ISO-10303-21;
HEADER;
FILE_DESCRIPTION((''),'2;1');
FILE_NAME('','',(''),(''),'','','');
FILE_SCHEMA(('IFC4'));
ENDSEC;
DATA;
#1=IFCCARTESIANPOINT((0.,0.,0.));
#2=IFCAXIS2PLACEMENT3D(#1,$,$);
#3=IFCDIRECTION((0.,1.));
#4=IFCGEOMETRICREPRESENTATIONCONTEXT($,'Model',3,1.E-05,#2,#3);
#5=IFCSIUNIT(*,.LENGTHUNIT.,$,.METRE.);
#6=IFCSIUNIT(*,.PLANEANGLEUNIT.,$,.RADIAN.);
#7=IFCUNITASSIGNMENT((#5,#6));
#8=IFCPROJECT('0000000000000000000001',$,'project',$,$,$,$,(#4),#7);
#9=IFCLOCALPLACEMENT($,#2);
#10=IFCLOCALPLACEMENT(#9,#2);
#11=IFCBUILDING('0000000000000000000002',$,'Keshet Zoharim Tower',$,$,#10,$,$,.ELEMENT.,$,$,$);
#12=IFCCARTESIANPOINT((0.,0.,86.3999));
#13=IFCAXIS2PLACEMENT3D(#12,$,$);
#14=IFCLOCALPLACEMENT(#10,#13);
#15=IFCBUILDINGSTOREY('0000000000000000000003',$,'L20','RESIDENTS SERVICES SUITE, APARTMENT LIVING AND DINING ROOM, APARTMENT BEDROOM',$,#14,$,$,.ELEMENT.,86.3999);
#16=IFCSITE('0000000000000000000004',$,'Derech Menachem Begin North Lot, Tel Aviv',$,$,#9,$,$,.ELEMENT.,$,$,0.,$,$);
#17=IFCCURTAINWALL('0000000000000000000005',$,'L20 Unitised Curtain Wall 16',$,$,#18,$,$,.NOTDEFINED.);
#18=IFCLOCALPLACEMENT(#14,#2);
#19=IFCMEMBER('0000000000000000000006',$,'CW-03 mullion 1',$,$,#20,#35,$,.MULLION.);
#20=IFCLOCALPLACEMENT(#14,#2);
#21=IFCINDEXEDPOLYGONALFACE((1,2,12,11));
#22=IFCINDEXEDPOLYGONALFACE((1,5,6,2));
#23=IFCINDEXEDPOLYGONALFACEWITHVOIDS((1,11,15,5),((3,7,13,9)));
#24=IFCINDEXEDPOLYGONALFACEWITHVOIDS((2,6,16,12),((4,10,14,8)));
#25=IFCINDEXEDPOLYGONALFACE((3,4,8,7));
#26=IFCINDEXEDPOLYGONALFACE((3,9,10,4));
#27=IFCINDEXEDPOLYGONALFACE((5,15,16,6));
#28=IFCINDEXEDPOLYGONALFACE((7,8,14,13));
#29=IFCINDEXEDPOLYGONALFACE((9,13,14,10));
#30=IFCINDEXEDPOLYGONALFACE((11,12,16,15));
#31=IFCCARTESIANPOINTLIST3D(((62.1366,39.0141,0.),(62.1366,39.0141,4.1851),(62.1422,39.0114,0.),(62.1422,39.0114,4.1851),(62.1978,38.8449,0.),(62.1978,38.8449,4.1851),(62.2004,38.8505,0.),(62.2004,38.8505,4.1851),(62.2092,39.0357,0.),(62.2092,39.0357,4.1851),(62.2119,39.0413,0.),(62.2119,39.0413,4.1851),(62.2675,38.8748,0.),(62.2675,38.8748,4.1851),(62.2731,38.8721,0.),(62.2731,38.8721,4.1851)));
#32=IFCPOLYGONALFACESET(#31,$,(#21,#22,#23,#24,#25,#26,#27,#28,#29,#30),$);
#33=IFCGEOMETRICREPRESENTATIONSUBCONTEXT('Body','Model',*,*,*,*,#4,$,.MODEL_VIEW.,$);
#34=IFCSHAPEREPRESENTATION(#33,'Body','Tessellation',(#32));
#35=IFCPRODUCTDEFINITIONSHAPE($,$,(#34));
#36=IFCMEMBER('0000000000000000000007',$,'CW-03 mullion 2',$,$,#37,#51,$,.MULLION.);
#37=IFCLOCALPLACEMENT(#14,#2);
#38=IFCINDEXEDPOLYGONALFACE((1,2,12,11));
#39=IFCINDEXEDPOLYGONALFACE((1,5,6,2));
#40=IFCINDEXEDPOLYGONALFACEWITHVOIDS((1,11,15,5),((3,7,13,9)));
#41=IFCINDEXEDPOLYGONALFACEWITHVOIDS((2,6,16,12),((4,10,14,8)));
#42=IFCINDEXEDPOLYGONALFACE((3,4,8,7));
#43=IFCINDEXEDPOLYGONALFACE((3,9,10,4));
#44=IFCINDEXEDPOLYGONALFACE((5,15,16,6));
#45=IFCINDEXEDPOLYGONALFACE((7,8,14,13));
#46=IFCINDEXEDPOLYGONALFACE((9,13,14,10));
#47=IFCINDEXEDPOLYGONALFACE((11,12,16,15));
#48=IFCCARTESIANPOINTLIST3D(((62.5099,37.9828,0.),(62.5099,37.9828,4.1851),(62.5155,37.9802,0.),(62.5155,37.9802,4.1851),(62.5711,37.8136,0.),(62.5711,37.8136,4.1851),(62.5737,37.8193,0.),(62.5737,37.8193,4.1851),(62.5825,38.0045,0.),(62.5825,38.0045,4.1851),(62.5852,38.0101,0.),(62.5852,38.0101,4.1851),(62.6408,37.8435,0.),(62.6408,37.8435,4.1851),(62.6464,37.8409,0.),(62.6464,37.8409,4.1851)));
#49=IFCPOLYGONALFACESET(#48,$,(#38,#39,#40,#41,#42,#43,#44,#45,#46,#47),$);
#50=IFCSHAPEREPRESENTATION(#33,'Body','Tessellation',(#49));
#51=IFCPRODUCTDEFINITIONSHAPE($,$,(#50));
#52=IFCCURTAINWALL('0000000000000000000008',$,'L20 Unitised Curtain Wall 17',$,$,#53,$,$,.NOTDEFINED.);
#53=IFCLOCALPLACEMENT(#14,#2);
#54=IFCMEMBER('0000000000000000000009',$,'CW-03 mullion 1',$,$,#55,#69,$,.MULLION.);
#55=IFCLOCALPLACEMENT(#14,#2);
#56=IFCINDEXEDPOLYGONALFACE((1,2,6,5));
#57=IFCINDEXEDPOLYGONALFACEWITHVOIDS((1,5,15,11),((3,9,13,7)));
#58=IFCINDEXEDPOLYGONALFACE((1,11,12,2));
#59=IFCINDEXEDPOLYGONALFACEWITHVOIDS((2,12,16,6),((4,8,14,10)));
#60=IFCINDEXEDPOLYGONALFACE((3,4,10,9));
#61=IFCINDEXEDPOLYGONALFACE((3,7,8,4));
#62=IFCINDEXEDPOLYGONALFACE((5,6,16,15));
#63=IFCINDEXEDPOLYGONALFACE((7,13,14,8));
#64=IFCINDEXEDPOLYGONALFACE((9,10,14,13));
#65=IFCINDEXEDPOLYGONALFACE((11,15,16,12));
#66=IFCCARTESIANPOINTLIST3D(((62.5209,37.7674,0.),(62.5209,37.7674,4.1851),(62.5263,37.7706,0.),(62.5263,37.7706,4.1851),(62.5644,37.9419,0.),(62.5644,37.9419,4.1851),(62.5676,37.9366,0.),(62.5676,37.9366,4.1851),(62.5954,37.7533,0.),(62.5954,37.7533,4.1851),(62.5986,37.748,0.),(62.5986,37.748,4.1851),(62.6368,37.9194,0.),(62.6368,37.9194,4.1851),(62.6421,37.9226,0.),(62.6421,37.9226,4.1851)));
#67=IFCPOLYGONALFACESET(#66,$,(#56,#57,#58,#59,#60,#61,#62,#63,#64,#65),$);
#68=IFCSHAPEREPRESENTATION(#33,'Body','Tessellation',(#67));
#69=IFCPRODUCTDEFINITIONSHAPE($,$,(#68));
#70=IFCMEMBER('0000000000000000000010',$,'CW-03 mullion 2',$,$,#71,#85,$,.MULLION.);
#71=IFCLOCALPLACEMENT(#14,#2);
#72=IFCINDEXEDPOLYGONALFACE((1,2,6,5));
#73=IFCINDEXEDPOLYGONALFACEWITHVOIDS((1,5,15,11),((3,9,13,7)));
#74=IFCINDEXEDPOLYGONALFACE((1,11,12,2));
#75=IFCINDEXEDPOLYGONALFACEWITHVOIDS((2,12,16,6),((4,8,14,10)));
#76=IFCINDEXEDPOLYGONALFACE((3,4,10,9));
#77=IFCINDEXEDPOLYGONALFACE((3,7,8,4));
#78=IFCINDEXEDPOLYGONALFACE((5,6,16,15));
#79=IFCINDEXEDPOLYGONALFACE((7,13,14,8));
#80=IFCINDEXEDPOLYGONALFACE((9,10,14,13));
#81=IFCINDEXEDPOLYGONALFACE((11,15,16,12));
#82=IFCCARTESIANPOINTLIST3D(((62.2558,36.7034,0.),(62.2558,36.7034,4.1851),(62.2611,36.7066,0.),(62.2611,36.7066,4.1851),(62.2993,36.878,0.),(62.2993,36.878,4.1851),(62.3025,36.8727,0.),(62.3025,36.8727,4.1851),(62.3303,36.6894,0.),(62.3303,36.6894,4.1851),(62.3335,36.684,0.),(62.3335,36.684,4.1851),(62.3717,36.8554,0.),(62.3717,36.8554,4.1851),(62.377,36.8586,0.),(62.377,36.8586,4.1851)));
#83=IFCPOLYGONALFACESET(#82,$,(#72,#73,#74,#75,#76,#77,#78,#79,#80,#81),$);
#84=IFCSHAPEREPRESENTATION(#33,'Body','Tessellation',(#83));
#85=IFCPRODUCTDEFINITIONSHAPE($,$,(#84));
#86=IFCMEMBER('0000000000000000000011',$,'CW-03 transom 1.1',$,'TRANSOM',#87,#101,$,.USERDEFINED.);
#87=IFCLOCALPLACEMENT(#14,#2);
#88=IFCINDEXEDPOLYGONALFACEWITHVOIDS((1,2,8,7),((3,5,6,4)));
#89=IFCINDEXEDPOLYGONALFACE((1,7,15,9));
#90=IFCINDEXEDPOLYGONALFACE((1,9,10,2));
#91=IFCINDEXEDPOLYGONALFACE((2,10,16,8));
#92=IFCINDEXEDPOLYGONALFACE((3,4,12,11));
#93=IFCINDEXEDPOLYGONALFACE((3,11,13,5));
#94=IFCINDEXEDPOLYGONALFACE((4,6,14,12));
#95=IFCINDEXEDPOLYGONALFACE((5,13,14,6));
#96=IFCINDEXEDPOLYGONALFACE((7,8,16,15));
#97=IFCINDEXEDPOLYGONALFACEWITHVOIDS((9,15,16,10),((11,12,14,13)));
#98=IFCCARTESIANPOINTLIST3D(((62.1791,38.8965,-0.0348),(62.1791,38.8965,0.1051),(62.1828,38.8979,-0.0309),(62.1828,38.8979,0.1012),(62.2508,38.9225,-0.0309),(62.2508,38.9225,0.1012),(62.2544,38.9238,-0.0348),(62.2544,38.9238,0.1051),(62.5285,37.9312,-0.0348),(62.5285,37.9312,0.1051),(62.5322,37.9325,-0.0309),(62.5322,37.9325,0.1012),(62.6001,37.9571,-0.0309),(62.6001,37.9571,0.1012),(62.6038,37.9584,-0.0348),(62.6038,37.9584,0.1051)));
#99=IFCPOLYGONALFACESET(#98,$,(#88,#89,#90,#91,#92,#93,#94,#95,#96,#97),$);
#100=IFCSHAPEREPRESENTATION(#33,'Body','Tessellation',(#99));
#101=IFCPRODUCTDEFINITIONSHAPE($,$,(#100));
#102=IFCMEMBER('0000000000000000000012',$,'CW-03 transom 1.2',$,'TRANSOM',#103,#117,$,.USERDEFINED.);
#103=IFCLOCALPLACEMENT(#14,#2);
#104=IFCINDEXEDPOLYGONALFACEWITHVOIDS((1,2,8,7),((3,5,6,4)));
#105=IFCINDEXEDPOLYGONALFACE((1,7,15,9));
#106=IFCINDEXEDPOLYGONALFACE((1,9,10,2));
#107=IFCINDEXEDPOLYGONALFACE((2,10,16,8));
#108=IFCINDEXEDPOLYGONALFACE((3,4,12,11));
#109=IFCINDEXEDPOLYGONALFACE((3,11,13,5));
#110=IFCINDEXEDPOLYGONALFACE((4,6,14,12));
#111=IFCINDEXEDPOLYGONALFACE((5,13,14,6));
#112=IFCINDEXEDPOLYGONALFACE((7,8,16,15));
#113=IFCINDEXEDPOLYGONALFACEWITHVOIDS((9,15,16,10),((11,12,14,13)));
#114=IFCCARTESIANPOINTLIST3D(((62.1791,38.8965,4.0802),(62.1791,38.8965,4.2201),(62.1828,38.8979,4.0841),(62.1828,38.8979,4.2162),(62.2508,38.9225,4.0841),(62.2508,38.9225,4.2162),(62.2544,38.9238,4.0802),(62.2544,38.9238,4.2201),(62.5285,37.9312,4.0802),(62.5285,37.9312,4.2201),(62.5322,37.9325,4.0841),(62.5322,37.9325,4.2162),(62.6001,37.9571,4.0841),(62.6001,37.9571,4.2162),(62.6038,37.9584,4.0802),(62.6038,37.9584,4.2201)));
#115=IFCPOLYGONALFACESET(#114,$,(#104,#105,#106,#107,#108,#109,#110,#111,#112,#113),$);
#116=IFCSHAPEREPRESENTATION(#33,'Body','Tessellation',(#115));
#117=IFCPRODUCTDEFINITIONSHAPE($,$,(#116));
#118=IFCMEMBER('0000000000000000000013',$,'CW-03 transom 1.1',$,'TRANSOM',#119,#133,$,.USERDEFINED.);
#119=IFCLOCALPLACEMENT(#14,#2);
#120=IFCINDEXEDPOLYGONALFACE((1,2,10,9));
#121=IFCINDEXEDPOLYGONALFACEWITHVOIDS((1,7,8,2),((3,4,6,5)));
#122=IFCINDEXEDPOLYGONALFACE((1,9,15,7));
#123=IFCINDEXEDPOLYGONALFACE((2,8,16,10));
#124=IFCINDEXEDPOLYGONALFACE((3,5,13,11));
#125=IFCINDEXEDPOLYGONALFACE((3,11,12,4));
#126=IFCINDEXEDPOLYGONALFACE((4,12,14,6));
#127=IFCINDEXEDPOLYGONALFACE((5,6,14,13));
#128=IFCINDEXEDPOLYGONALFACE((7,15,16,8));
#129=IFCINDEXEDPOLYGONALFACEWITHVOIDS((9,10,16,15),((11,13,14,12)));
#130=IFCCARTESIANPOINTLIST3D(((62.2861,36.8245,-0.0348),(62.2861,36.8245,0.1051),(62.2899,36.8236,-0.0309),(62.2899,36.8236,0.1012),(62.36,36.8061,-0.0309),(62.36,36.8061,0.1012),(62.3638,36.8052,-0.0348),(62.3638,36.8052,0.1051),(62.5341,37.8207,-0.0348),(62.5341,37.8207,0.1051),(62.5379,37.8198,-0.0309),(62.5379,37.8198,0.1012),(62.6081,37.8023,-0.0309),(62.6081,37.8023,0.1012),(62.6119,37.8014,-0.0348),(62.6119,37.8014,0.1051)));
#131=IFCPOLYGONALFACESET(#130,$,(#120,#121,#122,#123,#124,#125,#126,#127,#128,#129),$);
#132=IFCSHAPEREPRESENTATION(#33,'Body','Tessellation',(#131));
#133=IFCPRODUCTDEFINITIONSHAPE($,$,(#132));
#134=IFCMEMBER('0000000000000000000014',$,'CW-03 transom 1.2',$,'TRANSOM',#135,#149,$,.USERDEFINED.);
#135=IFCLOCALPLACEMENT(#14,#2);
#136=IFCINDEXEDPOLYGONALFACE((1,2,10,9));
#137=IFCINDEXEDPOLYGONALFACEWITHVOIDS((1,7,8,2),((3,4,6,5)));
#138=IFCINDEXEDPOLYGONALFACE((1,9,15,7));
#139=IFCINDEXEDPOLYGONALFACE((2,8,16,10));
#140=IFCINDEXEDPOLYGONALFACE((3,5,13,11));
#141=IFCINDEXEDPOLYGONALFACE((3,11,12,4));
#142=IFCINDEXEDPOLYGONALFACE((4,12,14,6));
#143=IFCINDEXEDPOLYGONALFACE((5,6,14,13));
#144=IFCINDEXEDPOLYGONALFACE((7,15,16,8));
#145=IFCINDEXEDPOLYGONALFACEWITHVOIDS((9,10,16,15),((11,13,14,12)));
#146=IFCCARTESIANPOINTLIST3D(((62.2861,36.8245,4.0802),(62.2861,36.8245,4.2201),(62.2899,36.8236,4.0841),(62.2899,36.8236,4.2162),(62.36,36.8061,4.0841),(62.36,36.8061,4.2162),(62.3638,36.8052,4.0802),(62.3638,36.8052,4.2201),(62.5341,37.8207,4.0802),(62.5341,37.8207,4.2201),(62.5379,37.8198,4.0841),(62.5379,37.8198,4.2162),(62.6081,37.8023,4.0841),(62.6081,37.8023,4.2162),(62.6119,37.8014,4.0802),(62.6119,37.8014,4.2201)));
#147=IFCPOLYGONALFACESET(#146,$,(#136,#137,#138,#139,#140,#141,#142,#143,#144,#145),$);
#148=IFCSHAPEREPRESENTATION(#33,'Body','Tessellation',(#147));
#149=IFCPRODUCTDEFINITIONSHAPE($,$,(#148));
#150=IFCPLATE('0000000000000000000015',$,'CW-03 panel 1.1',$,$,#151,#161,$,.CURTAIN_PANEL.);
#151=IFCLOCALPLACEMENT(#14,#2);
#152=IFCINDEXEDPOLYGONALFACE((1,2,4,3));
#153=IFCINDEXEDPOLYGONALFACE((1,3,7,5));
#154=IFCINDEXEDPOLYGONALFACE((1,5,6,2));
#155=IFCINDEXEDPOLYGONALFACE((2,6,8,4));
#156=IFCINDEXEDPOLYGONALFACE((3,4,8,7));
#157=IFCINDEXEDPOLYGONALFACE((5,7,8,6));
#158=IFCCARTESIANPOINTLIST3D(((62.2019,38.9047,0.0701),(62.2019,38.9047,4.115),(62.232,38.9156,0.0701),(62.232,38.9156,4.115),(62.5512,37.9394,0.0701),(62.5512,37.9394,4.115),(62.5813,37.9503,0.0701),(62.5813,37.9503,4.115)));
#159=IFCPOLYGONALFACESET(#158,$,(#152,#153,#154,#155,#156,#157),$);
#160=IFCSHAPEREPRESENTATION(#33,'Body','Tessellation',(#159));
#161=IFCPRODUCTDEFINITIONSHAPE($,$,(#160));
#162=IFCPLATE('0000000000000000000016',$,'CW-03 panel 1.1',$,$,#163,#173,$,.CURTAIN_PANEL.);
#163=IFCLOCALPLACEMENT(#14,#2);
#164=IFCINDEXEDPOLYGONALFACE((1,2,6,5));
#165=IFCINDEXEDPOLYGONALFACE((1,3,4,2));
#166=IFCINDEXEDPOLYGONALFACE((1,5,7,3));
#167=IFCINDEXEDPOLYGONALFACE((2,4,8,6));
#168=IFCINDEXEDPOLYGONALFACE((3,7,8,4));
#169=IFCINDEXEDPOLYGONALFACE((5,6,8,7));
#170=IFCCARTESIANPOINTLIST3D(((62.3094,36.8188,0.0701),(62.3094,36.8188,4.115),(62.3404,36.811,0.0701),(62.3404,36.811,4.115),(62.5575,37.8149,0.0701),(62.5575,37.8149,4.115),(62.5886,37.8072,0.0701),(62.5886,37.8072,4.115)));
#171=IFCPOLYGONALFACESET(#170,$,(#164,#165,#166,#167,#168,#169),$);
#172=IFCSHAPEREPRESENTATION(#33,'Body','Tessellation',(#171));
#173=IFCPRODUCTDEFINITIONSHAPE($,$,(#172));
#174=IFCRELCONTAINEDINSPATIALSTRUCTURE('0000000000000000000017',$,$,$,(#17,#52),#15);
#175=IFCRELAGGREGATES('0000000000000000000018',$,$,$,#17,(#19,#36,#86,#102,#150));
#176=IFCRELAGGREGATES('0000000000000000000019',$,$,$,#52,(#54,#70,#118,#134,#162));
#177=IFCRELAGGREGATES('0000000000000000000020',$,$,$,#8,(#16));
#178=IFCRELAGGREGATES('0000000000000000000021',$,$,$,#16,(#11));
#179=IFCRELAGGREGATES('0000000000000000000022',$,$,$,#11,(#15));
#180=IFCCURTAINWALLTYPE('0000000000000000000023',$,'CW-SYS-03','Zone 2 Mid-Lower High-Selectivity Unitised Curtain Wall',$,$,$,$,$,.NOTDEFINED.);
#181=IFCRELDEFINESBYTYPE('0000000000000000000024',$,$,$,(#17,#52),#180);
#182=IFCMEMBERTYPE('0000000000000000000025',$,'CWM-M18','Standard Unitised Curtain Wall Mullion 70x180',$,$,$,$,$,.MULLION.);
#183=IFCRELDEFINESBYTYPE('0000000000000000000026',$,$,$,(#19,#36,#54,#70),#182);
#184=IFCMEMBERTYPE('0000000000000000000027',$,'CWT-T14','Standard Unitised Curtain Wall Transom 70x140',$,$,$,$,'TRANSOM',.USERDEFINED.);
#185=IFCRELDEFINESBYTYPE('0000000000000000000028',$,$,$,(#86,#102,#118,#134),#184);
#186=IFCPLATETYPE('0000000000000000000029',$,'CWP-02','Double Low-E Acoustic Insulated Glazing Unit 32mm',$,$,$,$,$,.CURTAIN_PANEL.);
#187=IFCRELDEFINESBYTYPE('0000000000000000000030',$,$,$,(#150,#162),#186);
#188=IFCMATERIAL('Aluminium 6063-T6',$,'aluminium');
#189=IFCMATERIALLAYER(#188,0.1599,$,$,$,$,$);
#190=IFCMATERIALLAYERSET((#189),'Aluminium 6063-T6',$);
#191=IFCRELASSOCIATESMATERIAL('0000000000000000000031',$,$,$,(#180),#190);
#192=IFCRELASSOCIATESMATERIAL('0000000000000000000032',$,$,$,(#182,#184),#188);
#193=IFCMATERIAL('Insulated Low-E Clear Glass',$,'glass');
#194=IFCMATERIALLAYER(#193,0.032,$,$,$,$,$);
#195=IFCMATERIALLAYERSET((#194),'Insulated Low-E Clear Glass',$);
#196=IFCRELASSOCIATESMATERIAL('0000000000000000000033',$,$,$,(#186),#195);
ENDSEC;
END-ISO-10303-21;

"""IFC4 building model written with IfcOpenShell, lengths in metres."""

from ifc_helpers import new_model, si_unit, direction, frame, origin, origin_2d, place, context, subcontext, project, spatial, rectangle, hollow_rectangle, extrude, material, layer, layer_set, material_profile, profile_set, type_object, element, aggregate, save


model = new_model("IFC4")

# Units and contexts
model_context = context("Model", 3, precision=1e-05, world=origin(), true_north=direction((0.0, 1.0)))
body_context = subcontext(model_context, "Body", "Model", "MODEL_VIEW")
ifc_project = project(units=[si_unit("LENGTHUNIT", "METRE"), si_unit("PLANEANGLEUNIT", "RADIAN")], contexts=[model_context])

# Site, building, storey
site_placement = place(None, origin())
site = spatial("IfcSite", under=ifc_project, at=site_placement, Name="Derech Menachem Begin North Lot, Tel Aviv", CompositionType="ELEMENT", RefElevation=0.0)
building_placement = place(site_placement, origin())
building = spatial("IfcBuilding", under=site, at=building_placement, Name="Keshet Zoharim Tower", CompositionType="ELEMENT")
storey_placement = place(building_placement, frame((0.0, 0.0, 86.3999)))
storey = spatial("IfcBuildingStorey", under=building, at=storey_placement, Name="L20", Description="RESIDENTS SERVICES SUITE, APARTMENT LIVING AND DINING ROOM, APARTMENT BEDROOM", CompositionType="ELEMENT", Elevation=86.3999)

# Curtain walls, members
ifc_material_1 = material(Name="Aluminium 6063-T6", Category="aluminium")
ifc_layer_1 = layer(ifc_material_1, 0.1599)
ifc_layer_set_1 = layer_set([ifc_layer_1], Name="Aluminium 6063-T6")
curtain_wall_type = type_object("IfcCurtainWallType", Name="CW-SYS-03", Description="Zone 2 Mid-Lower High-Selectivity Unitised Curtain Wall", PredefinedType="NOTDEFINED", material=ifc_layer_set_1)
curtain_wall_1_placement = place(storey_placement, origin())
curtain_wall_1 = element("IfcCurtainWall", 1, at=curtain_wall_1_placement, inside=storey, type_object=curtain_wall_type, Name="L20 Unitised Curtain Wall 16", PredefinedType="NOTDEFINED")
ifc_material_profile_1 = material_profile(ifc_material_1, hollow_rectangle(XDim=0.0801, YDim=0.1799, WallThickness=0.0044, at=origin_2d()), Name="MUL-80x180")
ifc_profile_set_1 = profile_set([ifc_material_profile_1], Name="Aluminium 6063-T6")
member_type_1 = type_object("IfcMemberType", Name="CWM-M18", Description="Standard Unitised Curtain Wall Mullion 70x180", PredefinedType="MULLION", material=ifc_profile_set_1)
member_1_placement = place(storey_placement, frame((62.2048, 38.9431, 0.0), z_axis=(0.0, 0.0, 1.0), x_axis=(0.940318, 0.340297, 0.0)))
member_1 = element("IfcMember", 2, at=member_1_placement, type_object=member_type_1, Name="CW-03 mullion 1", PredefinedType="MULLION", context=body_context, shape_type="SweptSolid", body=[
    extrude(hollow_rectangle(XDim=0.0801, YDim=0.1799, WallThickness=0.0044, at=origin_2d()), origin(), (0.0, 0.0, 1.0), 4.1851),
])
member_2_placement = place(storey_placement, frame((62.5781, 37.9119, 0.0), z_axis=(0.0, 0.0, 1.0), x_axis=(0.940318, 0.340297, 0.0)))
member_2 = element("IfcMember", 3, at=member_2_placement, type_object=member_type_1, Name="CW-03 mullion 2", PredefinedType="MULLION", context=body_context, shape_type="SweptSolid", body=[
    extrude(hollow_rectangle(XDim=0.0801, YDim=0.1799, WallThickness=0.0044, at=origin_2d()), origin(), (0.0, 0.0, 1.0), 4.1851),
])
curtain_wall_2_placement = place(storey_placement, origin())
curtain_wall_2 = element("IfcCurtainWall", 4, at=curtain_wall_2_placement, inside=storey, type_object=curtain_wall_type, Name="L20 Unitised Curtain Wall 17", PredefinedType="NOTDEFINED")
member_3_placement = place(storey_placement, frame((62.5815, 37.845, 0.0), z_axis=(0.0, 0.0, 1.0), x_axis=(0.970344, -0.241729, 0.0)))
member_3 = element("IfcMember", 5, at=member_3_placement, type_object=member_type_1, Name="CW-03 mullion 1", PredefinedType="MULLION", context=body_context, shape_type="SweptSolid", body=[
    extrude(hollow_rectangle(XDim=0.0801, YDim=0.1799, WallThickness=0.0044, at=origin_2d()), origin(), (0.0, 0.0, 1.0), 4.1851),
])
member_4_placement = place(storey_placement, frame((62.3164, 36.781, 0.0), z_axis=(0.0, 0.0, 1.0), x_axis=(0.970344, -0.241729, 0.0)))
member_4 = element("IfcMember", 6, at=member_4_placement, type_object=member_type_1, Name="CW-03 mullion 2", PredefinedType="MULLION", context=body_context, shape_type="SweptSolid", body=[
    extrude(hollow_rectangle(XDim=0.0801, YDim=0.1799, WallThickness=0.0044, at=origin_2d()), origin(), (0.0, 0.0, 1.0), 4.1851),
])

# Members
ifc_material_profile_2 = material_profile(ifc_material_1, hollow_rectangle(XDim=0.0801, YDim=0.1399, WallThickness=0.0039, at=origin_2d()), Name="TRN-80x140")
ifc_profile_set_2 = profile_set([ifc_material_profile_2], Name="Aluminium 6063-T6")
member_type_2 = type_object("IfcMemberType", Name="CWT-T14", Description="Standard Unitised Curtain Wall Transom 70x140", ElementType="TRANSOM", PredefinedType="USERDEFINED", material=ifc_profile_set_2)
member_5_placement = place(storey_placement, frame((62.2168, 38.9102, 0.0352), z_axis=(0.340311, -0.940313, 0.0), x_axis=(0.940313, 0.340311, 0.0)))
member_5 = element("IfcMember", 7, at=member_5_placement, type_object=member_type_2, Name="CW-03 transom 1.1", ObjectType="TRANSOM", PredefinedType="USERDEFINED", context=body_context, shape_type="SweptSolid", body=[
    extrude(hollow_rectangle(XDim=0.0801, YDim=0.1399, WallThickness=0.0039, at=origin_2d()), origin(), (0.0, 0.0, 1.0), 1.0266),
])
member_6_placement = place(storey_placement, frame((62.2168, 38.9102, 4.1501), z_axis=(0.340311, -0.940313, 0.0), x_axis=(0.940313, 0.340311, 0.0)))
member_6 = element("IfcMember", 8, at=member_6_placement, type_object=member_type_2, Name="CW-03 transom 1.2", ObjectType="TRANSOM", PredefinedType="USERDEFINED", context=body_context, shape_type="SweptSolid", body=[
    extrude(hollow_rectangle(XDim=0.0801, YDim=0.1399, WallThickness=0.0039, at=origin_2d()), origin(), (0.0, 0.0, 1.0), 1.0266),
])
member_7_placement = place(storey_placement, frame((62.573, 37.811, 0.0352), z_axis=(-0.24164, -0.970366, 0.0), x_axis=(0.970366, -0.24164, 0.0)))
member_7 = element("IfcMember", 9, at=member_7_placement, type_object=member_type_2, Name="CW-03 transom 1.1", ObjectType="TRANSOM", PredefinedType="USERDEFINED", context=body_context, shape_type="SweptSolid", body=[
    extrude(hollow_rectangle(XDim=0.0801, YDim=0.1399, WallThickness=0.0039, at=origin_2d()), origin(), (0.0, 0.0, 1.0), 1.0266),
])
member_8_placement = place(storey_placement, frame((62.573, 37.811, 4.1501), z_axis=(-0.24164, -0.970366, 0.0), x_axis=(0.970366, -0.24164, 0.0)))
member_8 = element("IfcMember", 10, at=member_8_placement, type_object=member_type_2, Name="CW-03 transom 1.2", ObjectType="TRANSOM", PredefinedType="USERDEFINED", context=body_context, shape_type="SweptSolid", body=[
    extrude(hollow_rectangle(XDim=0.0801, YDim=0.1399, WallThickness=0.0039, at=origin_2d()), origin(), (0.0, 0.0, 1.0), 1.0266),
])

# Plates
ifc_material_2 = material(Name="Insulated Low-E Clear Glass", Category="glass")
ifc_layer_2 = layer(ifc_material_2, 0.032)
ifc_layer_set_2 = layer_set([ifc_layer_2], Name="Insulated Low-E Clear Glass")
plate_type = type_object("IfcPlateType", Name="CWP-02", Description="Double Low-E Acoustic Insulated Glazing Unit 32mm", PredefinedType="CURTAIN_PANEL", material=ifc_layer_set_2)
plate_1_placement = place(storey_placement, frame((62.3916, 38.4275, 0.0701), z_axis=(0.0, 0.0, 1.0), x_axis=(0.340297, -0.940318, 0.0)))
plate_1 = element("IfcPlate", 11, at=plate_1_placement, type_object=plate_type, Name="CW-03 panel 1.1", PredefinedType="CURTAIN_PANEL", context=body_context, shape_type="SweptSolid", body=[
    extrude(rectangle(XDim=1.0266, YDim=0.032, at=origin_2d()), origin(), (0.0, 0.0, 1.0), 4.0449),
])
aggregate(curtain_wall_1, [member_1, member_2, member_5, member_6, plate_1])
plate_2_placement = place(storey_placement, frame((62.449, 37.313, 0.0701), z_axis=(0.0, 0.0, 1.0), x_axis=(-0.241729, -0.970344, 0.0)))
plate_2 = element("IfcPlate", 12, at=plate_2_placement, type_object=plate_type, Name="CW-03 panel 1.1", PredefinedType="CURTAIN_PANEL", context=body_context, shape_type="SweptSolid", body=[
    extrude(rectangle(XDim=1.0266, YDim=0.032, at=origin_2d()), origin(), (0.0, 0.0, 1.0), 4.0449),
])
aggregate(curtain_wall_2, [member_3, member_4, member_7, member_8, plate_2])

save(model, "model.ifc")
